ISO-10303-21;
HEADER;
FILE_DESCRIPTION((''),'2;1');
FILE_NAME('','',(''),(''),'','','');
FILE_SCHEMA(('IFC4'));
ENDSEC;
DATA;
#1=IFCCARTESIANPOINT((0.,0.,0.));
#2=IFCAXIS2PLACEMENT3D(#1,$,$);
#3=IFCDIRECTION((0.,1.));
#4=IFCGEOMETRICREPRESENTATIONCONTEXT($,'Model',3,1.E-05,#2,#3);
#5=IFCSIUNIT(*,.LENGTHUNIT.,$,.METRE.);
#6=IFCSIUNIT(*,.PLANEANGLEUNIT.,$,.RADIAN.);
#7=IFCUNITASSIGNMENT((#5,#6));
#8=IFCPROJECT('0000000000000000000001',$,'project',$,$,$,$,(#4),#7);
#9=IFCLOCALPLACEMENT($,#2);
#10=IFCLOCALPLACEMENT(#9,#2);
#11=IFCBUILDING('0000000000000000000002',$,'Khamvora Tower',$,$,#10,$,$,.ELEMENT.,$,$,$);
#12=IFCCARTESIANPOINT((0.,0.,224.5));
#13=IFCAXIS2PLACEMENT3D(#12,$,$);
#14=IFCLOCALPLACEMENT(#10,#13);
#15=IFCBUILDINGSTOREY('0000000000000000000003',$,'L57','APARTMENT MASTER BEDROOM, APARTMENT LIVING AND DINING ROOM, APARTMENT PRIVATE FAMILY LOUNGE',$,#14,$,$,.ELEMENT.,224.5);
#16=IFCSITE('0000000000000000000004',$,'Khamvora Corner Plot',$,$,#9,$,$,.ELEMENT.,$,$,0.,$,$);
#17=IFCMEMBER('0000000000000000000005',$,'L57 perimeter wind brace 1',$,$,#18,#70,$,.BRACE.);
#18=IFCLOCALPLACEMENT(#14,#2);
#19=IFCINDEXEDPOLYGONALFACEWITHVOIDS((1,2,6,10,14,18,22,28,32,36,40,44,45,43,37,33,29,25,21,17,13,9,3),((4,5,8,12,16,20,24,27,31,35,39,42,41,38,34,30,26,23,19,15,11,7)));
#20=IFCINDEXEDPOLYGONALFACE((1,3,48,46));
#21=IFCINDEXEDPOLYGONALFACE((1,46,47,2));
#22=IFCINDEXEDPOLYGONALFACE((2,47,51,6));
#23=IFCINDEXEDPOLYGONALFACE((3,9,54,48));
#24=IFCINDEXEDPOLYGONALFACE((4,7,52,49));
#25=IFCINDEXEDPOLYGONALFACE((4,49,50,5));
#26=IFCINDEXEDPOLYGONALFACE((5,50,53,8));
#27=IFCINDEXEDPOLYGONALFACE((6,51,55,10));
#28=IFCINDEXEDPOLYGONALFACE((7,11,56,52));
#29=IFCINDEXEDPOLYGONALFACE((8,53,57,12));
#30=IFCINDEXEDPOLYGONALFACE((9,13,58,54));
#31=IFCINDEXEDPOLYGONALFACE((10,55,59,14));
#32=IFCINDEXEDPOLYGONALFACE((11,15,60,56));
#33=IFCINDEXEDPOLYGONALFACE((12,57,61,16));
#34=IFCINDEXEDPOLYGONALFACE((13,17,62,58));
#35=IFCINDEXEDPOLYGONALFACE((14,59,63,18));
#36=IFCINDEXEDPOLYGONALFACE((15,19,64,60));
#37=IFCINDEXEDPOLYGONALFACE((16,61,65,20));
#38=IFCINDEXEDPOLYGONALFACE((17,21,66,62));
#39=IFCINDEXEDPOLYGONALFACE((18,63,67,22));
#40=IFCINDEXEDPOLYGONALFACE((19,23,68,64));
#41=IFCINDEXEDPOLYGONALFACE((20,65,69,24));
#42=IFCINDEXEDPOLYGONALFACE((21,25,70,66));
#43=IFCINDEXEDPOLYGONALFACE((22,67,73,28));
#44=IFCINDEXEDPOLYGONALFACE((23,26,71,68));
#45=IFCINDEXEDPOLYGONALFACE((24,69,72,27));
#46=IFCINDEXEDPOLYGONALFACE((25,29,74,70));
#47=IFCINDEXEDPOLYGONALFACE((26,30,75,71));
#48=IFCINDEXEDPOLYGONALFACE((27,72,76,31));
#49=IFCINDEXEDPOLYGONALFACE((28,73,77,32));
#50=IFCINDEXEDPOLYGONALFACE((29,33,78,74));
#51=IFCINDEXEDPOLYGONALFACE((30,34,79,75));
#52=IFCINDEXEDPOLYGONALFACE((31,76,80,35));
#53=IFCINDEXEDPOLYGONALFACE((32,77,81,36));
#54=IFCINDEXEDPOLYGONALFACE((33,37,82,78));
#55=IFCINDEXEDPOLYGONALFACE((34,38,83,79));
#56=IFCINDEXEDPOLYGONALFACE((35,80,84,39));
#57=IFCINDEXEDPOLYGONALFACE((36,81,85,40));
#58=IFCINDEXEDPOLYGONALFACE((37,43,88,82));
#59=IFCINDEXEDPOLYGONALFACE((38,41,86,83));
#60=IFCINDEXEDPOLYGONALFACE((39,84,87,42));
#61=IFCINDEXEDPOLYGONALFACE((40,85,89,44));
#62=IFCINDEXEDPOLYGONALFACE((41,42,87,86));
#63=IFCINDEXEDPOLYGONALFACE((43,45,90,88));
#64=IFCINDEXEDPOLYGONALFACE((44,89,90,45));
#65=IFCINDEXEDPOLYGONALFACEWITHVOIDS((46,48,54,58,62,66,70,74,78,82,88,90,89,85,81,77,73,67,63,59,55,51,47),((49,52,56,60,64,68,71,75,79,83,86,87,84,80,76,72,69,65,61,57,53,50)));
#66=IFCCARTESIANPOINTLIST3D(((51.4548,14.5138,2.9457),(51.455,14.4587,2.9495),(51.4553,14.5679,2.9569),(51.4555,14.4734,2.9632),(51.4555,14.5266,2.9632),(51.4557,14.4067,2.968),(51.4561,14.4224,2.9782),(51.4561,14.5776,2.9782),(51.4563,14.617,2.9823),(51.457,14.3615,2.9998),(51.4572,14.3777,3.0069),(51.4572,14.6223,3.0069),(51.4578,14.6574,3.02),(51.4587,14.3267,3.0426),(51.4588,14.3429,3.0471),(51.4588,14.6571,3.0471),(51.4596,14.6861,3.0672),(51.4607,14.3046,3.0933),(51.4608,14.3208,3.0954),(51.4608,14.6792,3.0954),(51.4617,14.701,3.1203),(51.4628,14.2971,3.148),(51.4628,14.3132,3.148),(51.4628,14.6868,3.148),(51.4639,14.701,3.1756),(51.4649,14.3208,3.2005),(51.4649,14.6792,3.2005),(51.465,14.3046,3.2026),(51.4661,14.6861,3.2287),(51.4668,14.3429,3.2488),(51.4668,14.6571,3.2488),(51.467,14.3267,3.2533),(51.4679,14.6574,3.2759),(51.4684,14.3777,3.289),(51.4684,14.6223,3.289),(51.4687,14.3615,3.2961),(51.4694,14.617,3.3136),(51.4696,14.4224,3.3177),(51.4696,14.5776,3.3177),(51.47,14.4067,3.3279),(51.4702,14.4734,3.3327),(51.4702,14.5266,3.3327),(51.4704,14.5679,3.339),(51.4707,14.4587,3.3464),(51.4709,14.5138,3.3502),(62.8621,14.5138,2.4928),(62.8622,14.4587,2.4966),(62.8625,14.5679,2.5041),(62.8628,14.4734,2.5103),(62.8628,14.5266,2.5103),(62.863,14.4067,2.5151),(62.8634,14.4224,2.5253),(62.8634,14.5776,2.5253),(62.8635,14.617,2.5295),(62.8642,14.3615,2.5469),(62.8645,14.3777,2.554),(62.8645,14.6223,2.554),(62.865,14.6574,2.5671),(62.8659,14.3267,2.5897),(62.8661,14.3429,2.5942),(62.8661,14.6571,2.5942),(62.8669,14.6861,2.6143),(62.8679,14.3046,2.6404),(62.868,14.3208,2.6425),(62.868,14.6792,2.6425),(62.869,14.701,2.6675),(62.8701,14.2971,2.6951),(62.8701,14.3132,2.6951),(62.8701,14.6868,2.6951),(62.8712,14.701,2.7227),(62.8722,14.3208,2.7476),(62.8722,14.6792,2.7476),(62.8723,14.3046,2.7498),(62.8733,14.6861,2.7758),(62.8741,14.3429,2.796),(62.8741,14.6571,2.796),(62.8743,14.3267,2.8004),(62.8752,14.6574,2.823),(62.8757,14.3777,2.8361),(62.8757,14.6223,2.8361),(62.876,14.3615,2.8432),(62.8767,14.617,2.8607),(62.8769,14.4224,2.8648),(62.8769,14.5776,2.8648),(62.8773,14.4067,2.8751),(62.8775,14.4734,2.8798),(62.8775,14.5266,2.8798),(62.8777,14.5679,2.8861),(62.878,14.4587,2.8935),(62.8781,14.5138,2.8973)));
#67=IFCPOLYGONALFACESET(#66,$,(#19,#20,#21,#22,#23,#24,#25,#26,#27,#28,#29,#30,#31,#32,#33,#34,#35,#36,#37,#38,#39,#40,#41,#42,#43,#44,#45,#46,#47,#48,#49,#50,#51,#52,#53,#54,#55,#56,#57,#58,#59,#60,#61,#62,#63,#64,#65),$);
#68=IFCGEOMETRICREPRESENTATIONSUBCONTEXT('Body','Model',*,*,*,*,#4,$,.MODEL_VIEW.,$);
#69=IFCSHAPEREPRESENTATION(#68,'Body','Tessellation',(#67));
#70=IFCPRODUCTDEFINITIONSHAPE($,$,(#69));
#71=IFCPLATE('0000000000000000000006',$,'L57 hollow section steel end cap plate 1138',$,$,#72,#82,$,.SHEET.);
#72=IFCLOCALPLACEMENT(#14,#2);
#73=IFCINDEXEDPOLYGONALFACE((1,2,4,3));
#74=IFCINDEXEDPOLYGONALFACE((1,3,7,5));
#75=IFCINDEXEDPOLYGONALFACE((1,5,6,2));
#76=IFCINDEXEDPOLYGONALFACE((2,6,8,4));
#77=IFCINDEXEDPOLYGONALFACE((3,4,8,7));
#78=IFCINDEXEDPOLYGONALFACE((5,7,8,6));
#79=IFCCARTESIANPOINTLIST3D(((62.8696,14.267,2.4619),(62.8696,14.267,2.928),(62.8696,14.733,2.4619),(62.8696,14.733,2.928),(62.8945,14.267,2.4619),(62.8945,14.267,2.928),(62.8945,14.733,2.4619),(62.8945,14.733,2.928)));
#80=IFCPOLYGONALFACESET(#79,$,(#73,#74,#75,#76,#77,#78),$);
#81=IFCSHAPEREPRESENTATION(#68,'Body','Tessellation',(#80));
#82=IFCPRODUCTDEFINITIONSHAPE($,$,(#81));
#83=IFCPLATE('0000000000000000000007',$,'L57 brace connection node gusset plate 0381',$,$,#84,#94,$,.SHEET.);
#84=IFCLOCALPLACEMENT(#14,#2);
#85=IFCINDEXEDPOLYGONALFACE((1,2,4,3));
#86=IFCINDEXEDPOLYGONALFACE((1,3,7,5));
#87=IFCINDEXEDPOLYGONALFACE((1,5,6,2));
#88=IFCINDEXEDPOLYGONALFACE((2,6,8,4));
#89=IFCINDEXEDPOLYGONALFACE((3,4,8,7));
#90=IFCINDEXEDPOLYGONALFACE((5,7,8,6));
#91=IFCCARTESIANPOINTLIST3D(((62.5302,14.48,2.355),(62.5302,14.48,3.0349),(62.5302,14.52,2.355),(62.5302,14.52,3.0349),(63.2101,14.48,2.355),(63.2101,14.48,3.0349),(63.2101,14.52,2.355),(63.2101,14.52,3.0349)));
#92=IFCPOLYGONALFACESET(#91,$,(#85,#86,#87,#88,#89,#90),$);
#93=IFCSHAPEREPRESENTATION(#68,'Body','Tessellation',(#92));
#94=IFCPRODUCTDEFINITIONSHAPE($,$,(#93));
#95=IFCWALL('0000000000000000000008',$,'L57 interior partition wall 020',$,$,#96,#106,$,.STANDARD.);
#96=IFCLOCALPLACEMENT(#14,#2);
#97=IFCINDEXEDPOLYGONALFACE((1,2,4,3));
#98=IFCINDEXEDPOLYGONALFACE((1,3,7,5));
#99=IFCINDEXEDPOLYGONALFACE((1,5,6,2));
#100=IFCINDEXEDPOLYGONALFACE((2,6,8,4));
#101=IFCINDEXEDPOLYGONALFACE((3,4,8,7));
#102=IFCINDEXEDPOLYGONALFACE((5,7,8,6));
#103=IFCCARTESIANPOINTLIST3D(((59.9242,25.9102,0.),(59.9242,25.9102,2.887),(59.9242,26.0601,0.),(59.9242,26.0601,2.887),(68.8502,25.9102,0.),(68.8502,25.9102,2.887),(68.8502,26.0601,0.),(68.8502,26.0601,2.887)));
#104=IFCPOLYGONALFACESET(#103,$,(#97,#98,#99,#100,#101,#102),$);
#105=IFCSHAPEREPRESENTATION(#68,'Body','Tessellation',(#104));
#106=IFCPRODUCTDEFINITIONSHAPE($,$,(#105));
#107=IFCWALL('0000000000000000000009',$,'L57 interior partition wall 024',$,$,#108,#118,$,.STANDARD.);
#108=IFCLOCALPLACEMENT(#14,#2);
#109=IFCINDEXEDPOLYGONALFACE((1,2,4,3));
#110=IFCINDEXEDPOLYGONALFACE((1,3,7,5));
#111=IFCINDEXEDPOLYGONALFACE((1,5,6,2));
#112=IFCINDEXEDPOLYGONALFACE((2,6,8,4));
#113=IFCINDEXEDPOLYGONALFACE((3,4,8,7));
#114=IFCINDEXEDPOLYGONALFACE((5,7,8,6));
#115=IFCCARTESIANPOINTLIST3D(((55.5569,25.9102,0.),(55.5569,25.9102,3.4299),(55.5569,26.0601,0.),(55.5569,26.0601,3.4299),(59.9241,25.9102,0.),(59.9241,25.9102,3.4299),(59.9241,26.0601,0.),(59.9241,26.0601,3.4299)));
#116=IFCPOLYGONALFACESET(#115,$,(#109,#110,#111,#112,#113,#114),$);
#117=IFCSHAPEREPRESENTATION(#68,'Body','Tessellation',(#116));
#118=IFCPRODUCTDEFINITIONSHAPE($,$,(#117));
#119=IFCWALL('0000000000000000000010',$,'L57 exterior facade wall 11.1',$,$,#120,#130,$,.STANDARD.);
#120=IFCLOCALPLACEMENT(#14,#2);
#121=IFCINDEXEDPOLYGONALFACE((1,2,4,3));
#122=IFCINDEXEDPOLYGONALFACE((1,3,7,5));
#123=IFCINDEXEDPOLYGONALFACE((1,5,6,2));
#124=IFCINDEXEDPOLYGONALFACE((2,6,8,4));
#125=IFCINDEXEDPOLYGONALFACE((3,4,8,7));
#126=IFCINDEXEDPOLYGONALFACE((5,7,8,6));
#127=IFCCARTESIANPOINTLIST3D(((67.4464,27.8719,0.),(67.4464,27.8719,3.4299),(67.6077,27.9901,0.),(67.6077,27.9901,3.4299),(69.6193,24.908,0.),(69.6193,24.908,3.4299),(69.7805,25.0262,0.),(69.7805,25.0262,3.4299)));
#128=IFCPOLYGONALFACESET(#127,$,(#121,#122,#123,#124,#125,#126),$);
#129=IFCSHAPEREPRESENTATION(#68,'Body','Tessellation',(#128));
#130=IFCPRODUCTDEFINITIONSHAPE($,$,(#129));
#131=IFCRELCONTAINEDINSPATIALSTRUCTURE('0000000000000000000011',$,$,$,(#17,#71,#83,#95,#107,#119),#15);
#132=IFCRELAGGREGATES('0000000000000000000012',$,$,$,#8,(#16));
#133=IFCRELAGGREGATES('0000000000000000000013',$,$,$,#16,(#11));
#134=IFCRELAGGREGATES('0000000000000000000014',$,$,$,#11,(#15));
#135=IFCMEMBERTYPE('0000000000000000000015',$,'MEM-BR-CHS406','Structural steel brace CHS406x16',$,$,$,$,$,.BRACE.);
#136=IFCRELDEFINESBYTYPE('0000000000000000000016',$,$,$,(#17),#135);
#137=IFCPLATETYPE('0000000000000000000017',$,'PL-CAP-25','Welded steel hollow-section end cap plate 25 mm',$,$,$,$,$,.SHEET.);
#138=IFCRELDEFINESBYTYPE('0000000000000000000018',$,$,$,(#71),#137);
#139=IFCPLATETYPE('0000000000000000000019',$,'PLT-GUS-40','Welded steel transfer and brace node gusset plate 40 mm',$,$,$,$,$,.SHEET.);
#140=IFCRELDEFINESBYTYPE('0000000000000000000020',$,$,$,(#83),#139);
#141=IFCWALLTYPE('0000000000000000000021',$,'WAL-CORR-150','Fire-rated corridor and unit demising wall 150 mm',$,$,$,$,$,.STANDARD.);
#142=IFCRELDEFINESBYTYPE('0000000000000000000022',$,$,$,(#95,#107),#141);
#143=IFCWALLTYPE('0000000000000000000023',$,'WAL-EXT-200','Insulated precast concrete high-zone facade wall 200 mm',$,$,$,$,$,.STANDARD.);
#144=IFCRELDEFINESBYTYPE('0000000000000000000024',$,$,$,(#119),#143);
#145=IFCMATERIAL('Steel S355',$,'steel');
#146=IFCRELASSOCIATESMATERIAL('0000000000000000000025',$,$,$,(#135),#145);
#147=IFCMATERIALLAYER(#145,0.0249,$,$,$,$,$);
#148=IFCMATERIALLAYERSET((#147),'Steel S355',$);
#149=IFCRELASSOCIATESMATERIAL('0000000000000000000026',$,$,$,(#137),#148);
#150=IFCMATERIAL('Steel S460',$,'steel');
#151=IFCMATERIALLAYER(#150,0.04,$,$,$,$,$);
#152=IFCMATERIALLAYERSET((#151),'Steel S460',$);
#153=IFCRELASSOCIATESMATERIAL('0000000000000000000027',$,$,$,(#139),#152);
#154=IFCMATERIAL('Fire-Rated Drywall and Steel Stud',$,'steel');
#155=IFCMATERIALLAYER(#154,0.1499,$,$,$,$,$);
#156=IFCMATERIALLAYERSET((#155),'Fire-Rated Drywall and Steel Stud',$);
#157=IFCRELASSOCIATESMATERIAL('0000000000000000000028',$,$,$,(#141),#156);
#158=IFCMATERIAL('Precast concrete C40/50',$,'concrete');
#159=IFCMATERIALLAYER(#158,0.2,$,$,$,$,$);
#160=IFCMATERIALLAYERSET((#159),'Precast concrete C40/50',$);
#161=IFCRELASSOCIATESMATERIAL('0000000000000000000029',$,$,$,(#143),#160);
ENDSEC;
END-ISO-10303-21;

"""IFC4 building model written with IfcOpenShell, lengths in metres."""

from ifc_helpers import new_model, si_unit, direction, frame, frame_2d, origin, origin_2d, place, context, subcontext, project, spatial, rectangle, hollow_circle, extrude, material, layer, layer_set, material_profile, profile_set, type_object, element, save


model = new_model("IFC4")

# Units and contexts
model_context = context("Model", 3, precision=1e-05, world=origin(), true_north=direction((0.0, 1.0)))
body_context = subcontext(model_context, "Body", "Model", "MODEL_VIEW")
ifc_project = project(units=[si_unit("LENGTHUNIT", "METRE"), si_unit("PLANEANGLEUNIT", "RADIAN")], contexts=[model_context])

# Site, building, storey
site_placement = place(None, origin())
site = spatial("IfcSite", under=ifc_project, at=site_placement, Name="Khamvora Corner Plot", CompositionType="ELEMENT", RefElevation=0.0)
building_placement = place(site_placement, origin())
building = spatial("IfcBuilding", under=site, at=building_placement, Name="Khamvora Tower", CompositionType="ELEMENT")
storey_placement = place(building_placement, frame((0.0, 0.0, 224.5)))
storey = spatial("IfcBuildingStorey", under=building, at=storey_placement, Name="L57", Description="APARTMENT MASTER BEDROOM, APARTMENT LIVING AND DINING ROOM, APARTMENT PRIVATE FAMILY LOUNGE", CompositionType="ELEMENT", Elevation=224.5)

# Shared definitions
ifc_material_1 = material(Name="Steel S355", Category="steel")

# Member
ifc_material_profile_1 = material_profile(ifc_material_1, hollow_circle(Radius=0.2029, WallThickness=0.0161, at=origin_2d()), Name="CHS406x16")
ifc_profile_set_1 = profile_set([ifc_material_profile_1], Name="Steel S355")
member_type = type_object("IfcMemberType", Name="MEM-BR-CHS406", Description="Structural steel brace CHS406x16", PredefinedType="BRACE", material=ifc_profile_set_1)
member_placement = place(storey_placement, frame((62.8701, 14.5, 2.6951), z_axis=(-0.999213, 0.0, 0.03967), x_axis=(0.0, -1.0, 0.0)))
element("IfcMember", 1, at=member_placement, inside=storey, type_object=member_type, Name="L57 perimeter wind brace 1", PredefinedType="BRACE", context=body_context, shape_type="SweptSolid", body=[
    extrude(hollow_circle(Radius=0.2029, WallThickness=0.0161, at=origin_2d()), origin(), (0.0, 0.0, 1.0), 11.4163),
])

# Plates
ifc_layer_1 = layer(ifc_material_1, 0.0249)
ifc_layer_set_1 = layer_set([ifc_layer_1], Name="Steel S355")
plate_type_1 = type_object("IfcPlateType", Name="PL-CAP-25", Description="Welded steel hollow-section end cap plate 25 mm", PredefinedType="SHEET", material=ifc_layer_set_1)
plate_1_placement = place(storey_placement, frame((62.8821, 14.5, 2.4619), z_axis=(0.0, 0.0, 1.0), x_axis=(-1.0, 0.0, 0.0)))
element("IfcPlate", 2, at=plate_1_placement, inside=storey, type_object=plate_type_1, Name="L57 hollow section steel end cap plate 1138", PredefinedType="SHEET", context=body_context, shape_type="SweptSolid", body=[
    extrude(rectangle(XDim=0.0249, YDim=0.4661, at=origin_2d()), origin(), (0.0, 0.0, 1.0), 0.4661),
])
ifc_material_2 = material(Name="Steel S460", Category="steel")
ifc_layer_2 = layer(ifc_material_2, 0.04)
ifc_layer_set_2 = layer_set([ifc_layer_2], Name="Steel S460")
plate_type_2 = type_object("IfcPlateType", Name="PLT-GUS-40", Description="Welded steel transfer and brace node gusset plate 40 mm", PredefinedType="SHEET", material=ifc_layer_set_2)
plate_2_placement = place(storey_placement, frame((62.8701, 14.5, 2.355), z_axis=(0.0, 0.0, 1.0), x_axis=(1.0, 0.0, 0.0)))
element("IfcPlate", 3, at=plate_2_placement, inside=storey, type_object=plate_type_2, Name="L57 brace connection node gusset plate 0381", PredefinedType="SHEET", context=body_context, shape_type="SweptSolid", body=[
    extrude(rectangle(XDim=0.6799, YDim=0.04, at=origin_2d()), origin(), (0.0, 0.0, 1.0), 0.6799),
])

# Walls
ifc_material_3 = material(Name="Fire-Rated Drywall and Steel Stud", Category="steel")
ifc_layer_3 = layer(ifc_material_3, 0.1499)
ifc_layer_set_3 = layer_set([ifc_layer_3], Name="Fire-Rated Drywall and Steel Stud")
wall_type_1 = type_object("IfcWallType", Name="WAL-CORR-150", Description="Fire-rated corridor and unit demising wall 150 mm", PredefinedType="STANDARD", material=ifc_layer_set_3)
wall_1_placement = place(storey_placement, frame((68.8501, 25.9851, 0.0), z_axis=(0.0, 0.0, 1.0), x_axis=(-1.0, 0.0, 0.0)))
element("IfcWall", 4, at=wall_1_placement, inside=storey, type_object=wall_type_1, Name="L57 interior partition wall 020", PredefinedType="STANDARD", context=body_context, shape_type="SweptSolid", body=[
    extrude(rectangle(XDim=8.926, YDim=0.1499, at=frame_2d((4.4629, 0.0))), origin(), (0.0, 0.0, 1.0), 2.887),
])
wall_2_placement = place(storey_placement, frame((59.9241, 25.9851, 0.0), z_axis=(0.0, 0.0, 1.0), x_axis=(-1.0, 0.0, 0.0)))
element("IfcWall", 5, at=wall_2_placement, inside=storey, type_object=wall_type_1, Name="L57 interior partition wall 024", PredefinedType="STANDARD", context=body_context, shape_type="SweptSolid", body=[
    extrude(rectangle(XDim=4.3672, YDim=0.1499, at=frame_2d((2.1836, 0.0))), origin(), (0.0, 0.0, 1.0), 3.4299),
])
ifc_material_4 = material(Name="Precast concrete C40/50", Category="concrete")
ifc_layer_4 = layer(ifc_material_4, 0.2)
ifc_layer_set_4 = layer_set([ifc_layer_4], Name="Precast concrete C40/50")
wall_type_2 = type_object("IfcWallType", Name="WAL-EXT-200", Description="Insulated precast concrete high-zone facade wall 200 mm", PredefinedType="STANDARD", material=ifc_layer_set_4)
wall_3_placement = place(storey_placement, frame((67.5271, 27.9309, 0.0), z_axis=(0.0, 0.0, 1.0), x_axis=(0.591248, -0.806489, 0.0)))
element("IfcWall", 6, at=wall_3_placement, inside=storey, type_object=wall_type_2, Name="L57 exterior facade wall 11.1", PredefinedType="STANDARD", context=body_context, shape_type="SweptSolid", body=[
    extrude(rectangle(XDim=3.675, YDim=0.2, at=frame_2d((1.8374, 0.0))), origin(), (0.0, 0.0, 1.0), 3.4299),
])

save(model, "model.ifc")
